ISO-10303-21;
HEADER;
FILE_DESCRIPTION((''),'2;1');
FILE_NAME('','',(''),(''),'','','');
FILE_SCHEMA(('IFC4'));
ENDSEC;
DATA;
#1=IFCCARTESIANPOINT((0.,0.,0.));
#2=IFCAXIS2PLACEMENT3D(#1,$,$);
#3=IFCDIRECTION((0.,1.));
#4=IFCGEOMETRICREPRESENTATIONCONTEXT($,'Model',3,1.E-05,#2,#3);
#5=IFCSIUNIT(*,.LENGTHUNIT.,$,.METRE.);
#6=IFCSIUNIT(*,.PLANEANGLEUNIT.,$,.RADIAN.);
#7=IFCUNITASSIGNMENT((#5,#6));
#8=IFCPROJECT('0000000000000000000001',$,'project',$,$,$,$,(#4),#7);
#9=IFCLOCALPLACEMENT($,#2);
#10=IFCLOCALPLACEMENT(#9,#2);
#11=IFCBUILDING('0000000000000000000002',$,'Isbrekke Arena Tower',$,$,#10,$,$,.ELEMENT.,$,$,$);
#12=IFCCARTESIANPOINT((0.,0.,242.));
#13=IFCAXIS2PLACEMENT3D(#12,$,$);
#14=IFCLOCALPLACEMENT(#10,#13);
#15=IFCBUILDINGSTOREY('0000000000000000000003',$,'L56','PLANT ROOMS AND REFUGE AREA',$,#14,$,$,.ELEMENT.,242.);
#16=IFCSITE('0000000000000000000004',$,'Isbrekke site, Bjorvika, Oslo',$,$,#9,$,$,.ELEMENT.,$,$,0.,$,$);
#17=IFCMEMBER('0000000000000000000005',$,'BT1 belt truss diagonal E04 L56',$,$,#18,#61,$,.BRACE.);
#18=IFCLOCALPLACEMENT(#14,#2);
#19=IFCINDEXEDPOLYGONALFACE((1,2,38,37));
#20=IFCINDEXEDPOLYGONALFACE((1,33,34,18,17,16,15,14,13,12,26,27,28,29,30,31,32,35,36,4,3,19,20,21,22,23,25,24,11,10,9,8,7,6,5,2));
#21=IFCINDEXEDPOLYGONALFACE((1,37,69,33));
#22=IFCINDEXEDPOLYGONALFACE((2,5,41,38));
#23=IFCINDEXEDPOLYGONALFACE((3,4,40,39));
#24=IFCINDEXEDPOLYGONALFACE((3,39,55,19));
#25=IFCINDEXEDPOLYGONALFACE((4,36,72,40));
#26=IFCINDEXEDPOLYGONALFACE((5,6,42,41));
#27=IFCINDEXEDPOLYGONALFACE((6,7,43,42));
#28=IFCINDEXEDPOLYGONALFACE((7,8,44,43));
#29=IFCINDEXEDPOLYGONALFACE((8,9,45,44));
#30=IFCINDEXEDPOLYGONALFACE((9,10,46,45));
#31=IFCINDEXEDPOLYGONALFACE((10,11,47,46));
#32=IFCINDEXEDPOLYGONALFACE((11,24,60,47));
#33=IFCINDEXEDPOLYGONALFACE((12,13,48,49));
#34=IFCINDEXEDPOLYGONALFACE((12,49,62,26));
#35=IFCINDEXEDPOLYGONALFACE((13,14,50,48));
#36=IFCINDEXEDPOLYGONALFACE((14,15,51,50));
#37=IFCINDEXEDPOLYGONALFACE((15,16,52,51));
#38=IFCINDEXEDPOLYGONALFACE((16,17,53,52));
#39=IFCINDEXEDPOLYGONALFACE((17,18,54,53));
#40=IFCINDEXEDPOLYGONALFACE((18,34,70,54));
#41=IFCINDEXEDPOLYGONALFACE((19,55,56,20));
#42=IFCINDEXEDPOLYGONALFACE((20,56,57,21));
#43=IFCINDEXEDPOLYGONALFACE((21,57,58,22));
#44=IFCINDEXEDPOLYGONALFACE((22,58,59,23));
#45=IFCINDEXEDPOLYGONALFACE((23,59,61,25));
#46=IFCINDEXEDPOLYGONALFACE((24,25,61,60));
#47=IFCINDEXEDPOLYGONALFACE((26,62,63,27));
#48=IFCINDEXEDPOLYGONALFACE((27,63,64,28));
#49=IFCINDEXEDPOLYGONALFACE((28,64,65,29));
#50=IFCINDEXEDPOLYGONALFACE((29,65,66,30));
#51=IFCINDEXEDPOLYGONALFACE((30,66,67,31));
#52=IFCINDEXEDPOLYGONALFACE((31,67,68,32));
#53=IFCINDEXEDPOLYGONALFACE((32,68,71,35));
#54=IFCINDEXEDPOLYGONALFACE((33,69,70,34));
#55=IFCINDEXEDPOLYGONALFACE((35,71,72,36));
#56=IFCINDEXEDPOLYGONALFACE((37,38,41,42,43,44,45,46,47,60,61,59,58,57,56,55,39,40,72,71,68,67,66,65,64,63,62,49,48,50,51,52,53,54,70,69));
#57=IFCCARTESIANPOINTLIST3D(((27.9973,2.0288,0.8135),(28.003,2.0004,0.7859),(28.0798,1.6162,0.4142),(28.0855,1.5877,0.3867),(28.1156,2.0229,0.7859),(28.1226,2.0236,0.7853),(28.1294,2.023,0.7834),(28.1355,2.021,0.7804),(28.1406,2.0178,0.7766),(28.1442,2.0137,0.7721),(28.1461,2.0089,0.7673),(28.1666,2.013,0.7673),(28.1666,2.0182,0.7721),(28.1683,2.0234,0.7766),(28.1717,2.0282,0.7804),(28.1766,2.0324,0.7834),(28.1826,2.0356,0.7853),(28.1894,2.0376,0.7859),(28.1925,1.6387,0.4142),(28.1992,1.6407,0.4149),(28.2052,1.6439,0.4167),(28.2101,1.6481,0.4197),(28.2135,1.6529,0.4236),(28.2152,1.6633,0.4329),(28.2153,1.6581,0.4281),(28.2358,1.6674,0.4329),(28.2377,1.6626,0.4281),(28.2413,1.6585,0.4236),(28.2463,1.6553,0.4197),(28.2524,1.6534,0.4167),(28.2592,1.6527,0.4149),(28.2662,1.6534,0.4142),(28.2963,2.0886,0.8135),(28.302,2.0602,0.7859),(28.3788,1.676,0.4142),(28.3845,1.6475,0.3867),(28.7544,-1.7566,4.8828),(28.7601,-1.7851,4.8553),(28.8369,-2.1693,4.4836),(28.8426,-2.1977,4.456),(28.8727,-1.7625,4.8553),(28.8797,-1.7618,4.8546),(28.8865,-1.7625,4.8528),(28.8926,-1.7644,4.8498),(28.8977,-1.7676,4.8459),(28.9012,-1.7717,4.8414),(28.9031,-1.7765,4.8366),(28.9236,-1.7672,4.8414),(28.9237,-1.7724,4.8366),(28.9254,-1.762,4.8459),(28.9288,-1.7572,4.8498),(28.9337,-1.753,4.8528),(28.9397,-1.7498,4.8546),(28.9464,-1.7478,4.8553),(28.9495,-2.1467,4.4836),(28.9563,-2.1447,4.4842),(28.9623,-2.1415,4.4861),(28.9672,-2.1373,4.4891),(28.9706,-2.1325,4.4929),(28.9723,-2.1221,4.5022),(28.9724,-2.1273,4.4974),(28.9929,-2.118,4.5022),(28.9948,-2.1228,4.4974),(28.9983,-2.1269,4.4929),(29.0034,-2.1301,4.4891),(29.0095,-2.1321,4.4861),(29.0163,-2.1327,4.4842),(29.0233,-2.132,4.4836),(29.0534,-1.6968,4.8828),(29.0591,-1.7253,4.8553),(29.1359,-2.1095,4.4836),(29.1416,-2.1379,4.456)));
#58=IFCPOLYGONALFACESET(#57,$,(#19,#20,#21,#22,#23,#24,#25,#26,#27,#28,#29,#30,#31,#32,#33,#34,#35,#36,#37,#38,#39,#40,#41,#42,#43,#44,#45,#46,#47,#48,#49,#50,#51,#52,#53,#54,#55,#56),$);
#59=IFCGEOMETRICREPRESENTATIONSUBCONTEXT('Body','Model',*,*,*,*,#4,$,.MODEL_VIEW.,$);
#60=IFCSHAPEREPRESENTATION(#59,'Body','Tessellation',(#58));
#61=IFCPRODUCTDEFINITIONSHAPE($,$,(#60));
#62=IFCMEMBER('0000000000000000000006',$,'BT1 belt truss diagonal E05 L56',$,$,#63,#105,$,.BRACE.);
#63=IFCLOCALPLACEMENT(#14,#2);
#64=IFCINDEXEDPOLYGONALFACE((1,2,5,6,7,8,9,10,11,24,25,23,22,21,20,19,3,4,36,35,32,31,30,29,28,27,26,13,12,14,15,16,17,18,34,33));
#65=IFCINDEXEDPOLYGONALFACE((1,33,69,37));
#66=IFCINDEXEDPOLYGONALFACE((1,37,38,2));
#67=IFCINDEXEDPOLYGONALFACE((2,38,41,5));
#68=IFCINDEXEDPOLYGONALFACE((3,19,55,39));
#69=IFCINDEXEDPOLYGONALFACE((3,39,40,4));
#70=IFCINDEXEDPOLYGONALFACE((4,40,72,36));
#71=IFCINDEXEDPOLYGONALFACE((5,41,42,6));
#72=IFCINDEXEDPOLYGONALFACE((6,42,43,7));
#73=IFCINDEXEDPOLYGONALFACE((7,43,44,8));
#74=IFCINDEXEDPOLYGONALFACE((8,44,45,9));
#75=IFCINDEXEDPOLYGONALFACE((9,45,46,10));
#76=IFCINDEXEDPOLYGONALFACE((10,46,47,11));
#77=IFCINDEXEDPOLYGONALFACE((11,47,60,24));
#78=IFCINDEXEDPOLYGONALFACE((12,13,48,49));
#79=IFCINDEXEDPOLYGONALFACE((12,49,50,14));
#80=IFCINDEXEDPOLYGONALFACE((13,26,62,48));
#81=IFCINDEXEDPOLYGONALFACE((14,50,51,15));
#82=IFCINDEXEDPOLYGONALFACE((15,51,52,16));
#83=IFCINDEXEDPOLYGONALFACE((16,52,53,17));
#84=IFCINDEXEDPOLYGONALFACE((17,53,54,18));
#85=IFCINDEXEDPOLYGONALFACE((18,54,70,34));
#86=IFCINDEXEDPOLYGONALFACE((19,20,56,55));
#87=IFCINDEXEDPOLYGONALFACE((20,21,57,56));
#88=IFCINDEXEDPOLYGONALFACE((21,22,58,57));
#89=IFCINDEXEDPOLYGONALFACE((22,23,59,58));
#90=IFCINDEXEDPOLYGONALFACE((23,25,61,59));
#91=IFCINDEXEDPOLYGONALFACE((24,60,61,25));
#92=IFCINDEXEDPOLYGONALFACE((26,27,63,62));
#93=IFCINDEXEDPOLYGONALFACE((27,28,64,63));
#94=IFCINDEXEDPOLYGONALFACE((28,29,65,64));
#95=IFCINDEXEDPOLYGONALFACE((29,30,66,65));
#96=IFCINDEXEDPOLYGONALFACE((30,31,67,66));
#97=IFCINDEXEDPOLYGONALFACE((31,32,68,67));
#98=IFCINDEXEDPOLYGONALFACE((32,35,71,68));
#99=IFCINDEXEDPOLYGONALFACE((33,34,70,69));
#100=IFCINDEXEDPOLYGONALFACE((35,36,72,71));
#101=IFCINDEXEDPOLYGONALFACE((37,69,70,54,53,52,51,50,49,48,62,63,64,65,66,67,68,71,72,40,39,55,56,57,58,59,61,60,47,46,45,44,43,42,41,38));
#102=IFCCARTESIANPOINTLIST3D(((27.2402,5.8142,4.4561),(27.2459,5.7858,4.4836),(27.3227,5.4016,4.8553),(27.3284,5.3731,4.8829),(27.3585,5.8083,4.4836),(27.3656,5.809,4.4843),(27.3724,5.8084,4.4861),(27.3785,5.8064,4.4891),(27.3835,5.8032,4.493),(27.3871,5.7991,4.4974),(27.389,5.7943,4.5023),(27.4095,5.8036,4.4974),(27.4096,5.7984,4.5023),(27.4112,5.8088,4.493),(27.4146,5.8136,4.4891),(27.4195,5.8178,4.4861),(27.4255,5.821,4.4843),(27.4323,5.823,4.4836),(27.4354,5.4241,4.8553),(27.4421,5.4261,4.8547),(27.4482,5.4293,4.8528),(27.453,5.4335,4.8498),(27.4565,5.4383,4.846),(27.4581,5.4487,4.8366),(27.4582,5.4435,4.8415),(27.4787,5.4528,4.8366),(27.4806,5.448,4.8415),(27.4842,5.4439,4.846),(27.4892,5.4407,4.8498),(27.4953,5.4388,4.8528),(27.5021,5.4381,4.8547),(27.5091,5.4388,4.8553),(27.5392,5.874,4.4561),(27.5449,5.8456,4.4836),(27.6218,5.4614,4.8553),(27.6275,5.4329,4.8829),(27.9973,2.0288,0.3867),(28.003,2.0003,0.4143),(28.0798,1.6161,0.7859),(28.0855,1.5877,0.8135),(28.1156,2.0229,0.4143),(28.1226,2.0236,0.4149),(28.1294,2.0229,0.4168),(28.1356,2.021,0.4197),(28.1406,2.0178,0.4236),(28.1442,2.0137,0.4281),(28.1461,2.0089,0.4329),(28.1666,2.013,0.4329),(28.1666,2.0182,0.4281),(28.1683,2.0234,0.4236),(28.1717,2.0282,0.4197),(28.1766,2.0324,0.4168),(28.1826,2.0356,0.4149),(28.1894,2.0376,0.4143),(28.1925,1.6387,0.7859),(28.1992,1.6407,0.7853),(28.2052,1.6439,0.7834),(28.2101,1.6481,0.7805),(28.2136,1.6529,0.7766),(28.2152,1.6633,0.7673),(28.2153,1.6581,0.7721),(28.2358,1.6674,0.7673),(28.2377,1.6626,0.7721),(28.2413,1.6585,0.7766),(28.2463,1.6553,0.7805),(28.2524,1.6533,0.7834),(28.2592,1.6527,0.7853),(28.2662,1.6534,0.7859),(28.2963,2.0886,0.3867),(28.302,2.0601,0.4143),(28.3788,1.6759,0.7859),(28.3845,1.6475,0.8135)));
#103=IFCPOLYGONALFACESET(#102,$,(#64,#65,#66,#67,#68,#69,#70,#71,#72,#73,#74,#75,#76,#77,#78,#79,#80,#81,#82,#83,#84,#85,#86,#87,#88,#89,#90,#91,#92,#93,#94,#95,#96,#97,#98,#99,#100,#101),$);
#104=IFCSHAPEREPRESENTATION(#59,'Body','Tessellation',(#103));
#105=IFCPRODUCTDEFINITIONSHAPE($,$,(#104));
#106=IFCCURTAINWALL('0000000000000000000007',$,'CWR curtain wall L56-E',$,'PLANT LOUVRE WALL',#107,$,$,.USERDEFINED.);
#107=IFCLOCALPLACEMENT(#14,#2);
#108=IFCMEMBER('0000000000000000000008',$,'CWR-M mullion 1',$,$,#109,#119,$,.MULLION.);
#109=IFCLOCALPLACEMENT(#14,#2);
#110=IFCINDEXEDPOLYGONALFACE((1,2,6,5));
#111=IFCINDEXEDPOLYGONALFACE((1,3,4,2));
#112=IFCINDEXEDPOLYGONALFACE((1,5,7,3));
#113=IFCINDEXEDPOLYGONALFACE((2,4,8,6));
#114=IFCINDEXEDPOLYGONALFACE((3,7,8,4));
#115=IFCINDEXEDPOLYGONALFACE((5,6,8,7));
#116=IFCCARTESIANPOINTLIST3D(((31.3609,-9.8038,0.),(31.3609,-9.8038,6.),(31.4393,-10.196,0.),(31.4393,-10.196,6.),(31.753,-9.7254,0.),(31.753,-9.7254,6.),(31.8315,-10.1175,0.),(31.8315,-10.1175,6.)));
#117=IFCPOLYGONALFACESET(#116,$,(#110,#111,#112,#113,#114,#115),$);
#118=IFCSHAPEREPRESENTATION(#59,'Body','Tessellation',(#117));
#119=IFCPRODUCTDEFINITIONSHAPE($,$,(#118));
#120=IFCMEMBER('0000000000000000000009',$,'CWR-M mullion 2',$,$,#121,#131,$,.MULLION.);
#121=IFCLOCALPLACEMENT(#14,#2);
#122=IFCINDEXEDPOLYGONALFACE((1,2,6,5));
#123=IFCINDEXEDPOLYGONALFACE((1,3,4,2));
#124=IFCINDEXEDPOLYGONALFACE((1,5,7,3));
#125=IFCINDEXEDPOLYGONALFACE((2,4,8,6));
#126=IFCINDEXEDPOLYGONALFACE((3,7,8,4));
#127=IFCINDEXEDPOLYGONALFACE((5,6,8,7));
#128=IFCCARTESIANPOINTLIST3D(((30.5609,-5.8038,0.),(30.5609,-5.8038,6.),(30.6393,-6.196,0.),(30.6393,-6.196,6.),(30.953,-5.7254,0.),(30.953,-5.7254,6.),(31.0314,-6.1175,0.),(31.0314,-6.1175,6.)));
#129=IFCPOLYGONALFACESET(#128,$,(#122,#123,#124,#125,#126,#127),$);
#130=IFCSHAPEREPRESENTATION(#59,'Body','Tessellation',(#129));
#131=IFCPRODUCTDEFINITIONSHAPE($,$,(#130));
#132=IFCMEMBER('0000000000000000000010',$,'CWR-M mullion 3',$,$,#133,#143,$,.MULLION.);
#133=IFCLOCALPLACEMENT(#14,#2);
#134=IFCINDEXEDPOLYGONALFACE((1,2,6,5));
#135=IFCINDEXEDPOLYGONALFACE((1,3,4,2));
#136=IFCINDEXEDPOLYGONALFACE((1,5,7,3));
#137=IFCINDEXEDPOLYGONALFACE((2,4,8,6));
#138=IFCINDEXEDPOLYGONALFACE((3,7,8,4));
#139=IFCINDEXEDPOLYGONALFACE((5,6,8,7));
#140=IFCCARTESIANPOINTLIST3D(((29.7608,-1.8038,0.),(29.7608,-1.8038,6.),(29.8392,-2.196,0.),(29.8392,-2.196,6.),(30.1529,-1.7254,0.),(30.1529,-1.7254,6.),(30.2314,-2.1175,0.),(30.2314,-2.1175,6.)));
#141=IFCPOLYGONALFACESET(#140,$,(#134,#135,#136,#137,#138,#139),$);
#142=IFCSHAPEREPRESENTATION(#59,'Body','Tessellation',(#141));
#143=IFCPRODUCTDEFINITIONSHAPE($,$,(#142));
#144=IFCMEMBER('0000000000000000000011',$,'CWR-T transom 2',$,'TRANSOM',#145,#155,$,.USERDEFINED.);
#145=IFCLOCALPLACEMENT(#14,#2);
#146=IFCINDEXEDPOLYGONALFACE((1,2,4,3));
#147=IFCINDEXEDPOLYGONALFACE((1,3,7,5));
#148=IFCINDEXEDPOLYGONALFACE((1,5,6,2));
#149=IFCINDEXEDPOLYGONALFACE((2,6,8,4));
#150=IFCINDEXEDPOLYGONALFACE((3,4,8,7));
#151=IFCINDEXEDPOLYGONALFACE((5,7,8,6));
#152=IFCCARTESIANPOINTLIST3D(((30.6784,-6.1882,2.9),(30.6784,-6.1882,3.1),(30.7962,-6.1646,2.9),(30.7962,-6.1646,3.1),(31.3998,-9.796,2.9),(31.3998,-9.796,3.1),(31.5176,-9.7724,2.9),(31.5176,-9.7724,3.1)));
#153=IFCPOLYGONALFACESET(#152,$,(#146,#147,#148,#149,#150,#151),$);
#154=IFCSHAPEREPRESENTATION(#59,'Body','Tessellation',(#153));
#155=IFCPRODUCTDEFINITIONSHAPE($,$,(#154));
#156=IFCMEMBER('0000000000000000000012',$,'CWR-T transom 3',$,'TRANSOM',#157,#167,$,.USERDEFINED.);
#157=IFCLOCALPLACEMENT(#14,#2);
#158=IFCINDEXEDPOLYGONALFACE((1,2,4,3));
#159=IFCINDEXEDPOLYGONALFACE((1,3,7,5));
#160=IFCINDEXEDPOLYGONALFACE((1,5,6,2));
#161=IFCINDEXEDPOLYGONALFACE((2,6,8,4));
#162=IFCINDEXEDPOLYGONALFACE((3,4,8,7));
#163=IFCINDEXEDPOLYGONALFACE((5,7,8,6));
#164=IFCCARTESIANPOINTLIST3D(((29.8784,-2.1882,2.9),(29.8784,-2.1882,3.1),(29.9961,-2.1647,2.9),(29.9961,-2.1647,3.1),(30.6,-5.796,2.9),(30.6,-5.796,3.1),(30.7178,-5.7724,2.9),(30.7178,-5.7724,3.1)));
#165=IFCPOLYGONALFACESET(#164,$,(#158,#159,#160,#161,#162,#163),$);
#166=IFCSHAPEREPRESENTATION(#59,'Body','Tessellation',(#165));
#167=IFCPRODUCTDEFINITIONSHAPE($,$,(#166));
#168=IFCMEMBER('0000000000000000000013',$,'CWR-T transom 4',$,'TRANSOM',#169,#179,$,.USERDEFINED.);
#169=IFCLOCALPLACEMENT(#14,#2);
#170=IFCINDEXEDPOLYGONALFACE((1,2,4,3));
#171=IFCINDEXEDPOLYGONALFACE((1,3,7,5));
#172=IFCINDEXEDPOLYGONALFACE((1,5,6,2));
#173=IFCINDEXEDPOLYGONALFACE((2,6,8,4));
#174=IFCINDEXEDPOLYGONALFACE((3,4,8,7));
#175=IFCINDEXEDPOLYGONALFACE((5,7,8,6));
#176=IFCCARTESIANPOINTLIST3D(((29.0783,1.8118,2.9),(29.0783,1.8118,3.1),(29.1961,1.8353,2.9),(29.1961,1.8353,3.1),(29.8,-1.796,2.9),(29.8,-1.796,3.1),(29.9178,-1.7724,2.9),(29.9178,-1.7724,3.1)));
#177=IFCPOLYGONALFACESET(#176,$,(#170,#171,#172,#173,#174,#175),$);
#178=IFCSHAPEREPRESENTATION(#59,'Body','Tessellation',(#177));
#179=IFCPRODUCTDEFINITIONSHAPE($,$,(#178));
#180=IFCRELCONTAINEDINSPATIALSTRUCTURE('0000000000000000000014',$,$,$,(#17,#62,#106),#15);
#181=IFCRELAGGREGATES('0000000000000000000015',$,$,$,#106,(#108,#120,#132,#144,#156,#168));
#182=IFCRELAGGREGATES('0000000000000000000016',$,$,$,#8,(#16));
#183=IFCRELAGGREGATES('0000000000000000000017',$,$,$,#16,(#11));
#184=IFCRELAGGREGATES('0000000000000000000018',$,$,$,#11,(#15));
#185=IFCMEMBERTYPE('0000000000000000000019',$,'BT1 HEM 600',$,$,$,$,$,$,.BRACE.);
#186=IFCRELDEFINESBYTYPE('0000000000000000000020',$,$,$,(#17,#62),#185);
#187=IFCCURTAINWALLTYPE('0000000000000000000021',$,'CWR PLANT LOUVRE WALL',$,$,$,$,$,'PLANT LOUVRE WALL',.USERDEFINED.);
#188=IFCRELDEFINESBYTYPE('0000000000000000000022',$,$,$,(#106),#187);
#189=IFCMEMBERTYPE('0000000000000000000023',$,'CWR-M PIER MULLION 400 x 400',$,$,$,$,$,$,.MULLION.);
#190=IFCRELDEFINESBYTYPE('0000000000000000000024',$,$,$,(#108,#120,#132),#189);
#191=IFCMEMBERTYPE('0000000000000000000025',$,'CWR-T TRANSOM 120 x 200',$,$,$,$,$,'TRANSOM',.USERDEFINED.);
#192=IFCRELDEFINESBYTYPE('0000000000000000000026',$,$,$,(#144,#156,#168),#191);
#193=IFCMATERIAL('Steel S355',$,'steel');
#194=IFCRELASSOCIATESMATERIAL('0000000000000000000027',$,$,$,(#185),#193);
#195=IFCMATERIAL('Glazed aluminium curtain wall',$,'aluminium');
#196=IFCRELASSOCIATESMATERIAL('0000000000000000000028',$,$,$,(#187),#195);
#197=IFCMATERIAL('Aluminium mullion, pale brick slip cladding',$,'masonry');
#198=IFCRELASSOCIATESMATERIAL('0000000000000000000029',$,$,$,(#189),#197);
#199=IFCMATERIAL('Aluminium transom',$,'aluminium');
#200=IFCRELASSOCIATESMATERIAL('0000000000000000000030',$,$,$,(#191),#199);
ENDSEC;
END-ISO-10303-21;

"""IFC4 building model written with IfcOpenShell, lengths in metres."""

from ifc_helpers import new_model, si_unit, direction, frame, origin, origin_2d, place, context, subcontext, project, spatial, rectangle, i_section, extrude, material, material_profile, profile_set, type_object, element, aggregate, save


model = new_model("IFC4")

# Units and contexts
model_context = context("Model", 3, precision=1e-05, world=origin(), true_north=direction((0.0, 1.0)))
body_context = subcontext(model_context, "Body", "Model", "MODEL_VIEW")
ifc_project = project(units=[si_unit("LENGTHUNIT", "METRE"), si_unit("PLANEANGLEUNIT", "RADIAN")], contexts=[model_context])

# Site, building, storey
site_placement = place(None, origin())
site = spatial("IfcSite", under=ifc_project, at=site_placement, Name="Isbrekke site, Bjorvika, Oslo", CompositionType="ELEMENT", RefElevation=0.0)
building_placement = place(site_placement, origin())
building = spatial("IfcBuilding", under=site, at=building_placement, Name="Isbrekke Arena Tower", CompositionType="ELEMENT")
storey_placement = place(building_placement, frame((0.0, 0.0, 242.0)))
storey = spatial("IfcBuildingStorey", under=building, at=storey_placement, Name="L56", Description="PLANT ROOMS AND REFUGE AREA", CompositionType="ELEMENT", Elevation=242.0)

# Members
ifc_material_1 = material(Name="Steel S355", Category="steel")
ifc_material_profile_1 = material_profile(ifc_material_1, i_section(OverallWidth=0.3049, OverallDepth=0.6201, WebThickness=0.021, FlangeThickness=0.04, FilletRadius=0.0271, at=origin_2d()), Name="HEM 600")
ifc_profile_set_1 = profile_set([ifc_material_profile_1], Name="Steel S355")
member_type_1 = type_object("IfcMemberType", Name="BT1 HEM 600", PredefinedType="BRACE", material=ifc_profile_set_1)
for number, where, z_axis, x_axis, name in (
    (1, (28.948, -1.9473, 4.6694), (-0.134974, 0.674869, -0.725489), (-0.980581, -0.196116, 0.0), "BT1 belt truss diagonal E04 L56"),
    (2, (28.1909, 1.8381, 0.6001), (-0.134974, 0.674869, 0.725489), (-0.980581, -0.196116, 0.0), "BT1 belt truss diagonal E05 L56"),
):
    element("IfcMember", number, at=place(storey_placement, frame(where, z_axis=z_axis, x_axis=x_axis)), inside=storey, type_object=member_type_1, Name=name, PredefinedType="BRACE", context=body_context, shape_type="SweptSolid", body=[
        extrude(i_section(OverallWidth=0.3049, OverallDepth=0.6201, WebThickness=0.021, FlangeThickness=0.04, FilletRadius=0.0271, at=origin_2d()), origin(), (0.0, 0.0, 1.0), 5.6091),
    ])

# Curtain wall, members
ifc_material_2 = material(Name="Glazed aluminium curtain wall", Category="aluminium")
curtain_wall_type = type_object("IfcCurtainWallType", Name="CWR PLANT LOUVRE WALL", ElementType="PLANT LOUVRE WALL", PredefinedType="USERDEFINED", material=ifc_material_2)
curtain_wall_placement = place(storey_placement, origin())
curtain_wall = element("IfcCurtainWall", 3, at=curtain_wall_placement, inside=storey, type_object=curtain_wall_type, Name="CWR curtain wall L56-E", ObjectType="PLANT LOUVRE WALL", PredefinedType="USERDEFINED")
ifc_material_3 = material(Name="Aluminium mullion, pale brick slip cladding", Category="masonry")
ifc_material_profile_2 = material_profile(ifc_material_3, rectangle(XDim=0.3999, YDim=0.3999, at=origin_2d()), Name="PIER 400X400")
ifc_profile_set_2 = profile_set([ifc_material_profile_2], Name="Aluminium mullion, pale brick slip cladding")
member_type_2 = type_object("IfcMemberType", Name="CWR-M PIER MULLION 400 x 400", PredefinedType="MULLION", material=ifc_profile_set_2)
member_1_placement = place(storey_placement, frame((31.5962, -9.9607, 0.0), z_axis=(0.0, 0.0, 1.0), x_axis=(-0.196116, 0.980581, 0.0)))
member_1 = element("IfcMember", 4, at=member_1_placement, type_object=member_type_2, Name="CWR-M mullion 1", PredefinedType="MULLION", context=body_context, shape_type="SweptSolid", body=[
    extrude(rectangle(XDim=0.3999, YDim=0.3999, at=origin_2d()), origin(), (0.0, 0.0, 1.0), 6.0),
])
member_2_placement = place(storey_placement, frame((30.7961, -5.9607, 0.0), z_axis=(0.0, 0.0, 1.0), x_axis=(-0.196116, 0.980581, 0.0)))
member_2 = element("IfcMember", 5, at=member_2_placement, type_object=member_type_2, Name="CWR-M mullion 2", PredefinedType="MULLION", context=body_context, shape_type="SweptSolid", body=[
    extrude(rectangle(XDim=0.3999, YDim=0.3999, at=origin_2d()), origin(), (0.0, 0.0, 1.0), 6.0),
])
member_3_placement = place(storey_placement, frame((29.9961, -1.9607, 0.0), z_axis=(0.0, 0.0, 1.0), x_axis=(-0.196116, 0.980581, 0.0)))
member_3 = element("IfcMember", 6, at=member_3_placement, type_object=member_type_2, Name="CWR-M mullion 3", PredefinedType="MULLION", context=body_context, shape_type="SweptSolid", body=[
    extrude(rectangle(XDim=0.3999, YDim=0.3999, at=origin_2d()), origin(), (0.0, 0.0, 1.0), 6.0),
])
ifc_material_4 = material(Name="Aluminium transom", Category="aluminium")
ifc_material_profile_3 = material_profile(ifc_material_4, rectangle(XDim=0.1201, YDim=0.2, at=origin_2d()), Name="TRANSOM 120X200")
ifc_profile_set_3 = profile_set([ifc_material_profile_3], Name="Aluminium transom")
member_type_3 = type_object("IfcMemberType", Name="CWR-T TRANSOM 120 x 200", ElementType="TRANSOM", PredefinedType="USERDEFINED", material=ifc_profile_set_3)
member_4_placement = place(storey_placement, frame((31.4587, -9.7842, 3.0), z_axis=(-0.196091, 0.980586, 0.0), x_axis=(-0.980586, -0.196091, 0.0)))
member_4 = element("IfcMember", 7, at=member_4_placement, type_object=member_type_3, Name="CWR-T transom 2", ObjectType="TRANSOM", PredefinedType="USERDEFINED", context=body_context, shape_type="SweptSolid", body=[
    extrude(rectangle(XDim=0.1201, YDim=0.2, at=origin_2d()), origin(), (0.0, 0.0, 1.0), 3.6792),
])
member_5_placement = place(storey_placement, frame((30.6589, -5.7842, 3.0), z_axis=(-0.196154, 0.980573, 0.0), x_axis=(-0.980573, -0.196154, 0.0)))
member_5 = element("IfcMember", 8, at=member_5_placement, type_object=member_type_3, Name="CWR-T transom 3", ObjectType="TRANSOM", PredefinedType="USERDEFINED", context=body_context, shape_type="SweptSolid", body=[
    extrude(rectangle(XDim=0.1201, YDim=0.2, at=origin_2d()), origin(), (0.0, 0.0, 1.0), 3.6792),
])
member_6_placement = place(storey_placement, frame((29.8589, -1.7842, 3.0), z_axis=(-0.196154, 0.980573, 0.0), x_axis=(-0.980573, -0.196154, 0.0)))
member_6 = element("IfcMember", 9, at=member_6_placement, type_object=member_type_3, Name="CWR-T transom 4", ObjectType="TRANSOM", PredefinedType="USERDEFINED", context=body_context, shape_type="SweptSolid", body=[
    extrude(rectangle(XDim=0.1201, YDim=0.2, at=origin_2d()), origin(), (0.0, 0.0, 1.0), 3.6792),
])

aggregate(curtain_wall, [member_1, member_2, member_3, member_4, member_5, member_6])

save(model, "model.ifc")
